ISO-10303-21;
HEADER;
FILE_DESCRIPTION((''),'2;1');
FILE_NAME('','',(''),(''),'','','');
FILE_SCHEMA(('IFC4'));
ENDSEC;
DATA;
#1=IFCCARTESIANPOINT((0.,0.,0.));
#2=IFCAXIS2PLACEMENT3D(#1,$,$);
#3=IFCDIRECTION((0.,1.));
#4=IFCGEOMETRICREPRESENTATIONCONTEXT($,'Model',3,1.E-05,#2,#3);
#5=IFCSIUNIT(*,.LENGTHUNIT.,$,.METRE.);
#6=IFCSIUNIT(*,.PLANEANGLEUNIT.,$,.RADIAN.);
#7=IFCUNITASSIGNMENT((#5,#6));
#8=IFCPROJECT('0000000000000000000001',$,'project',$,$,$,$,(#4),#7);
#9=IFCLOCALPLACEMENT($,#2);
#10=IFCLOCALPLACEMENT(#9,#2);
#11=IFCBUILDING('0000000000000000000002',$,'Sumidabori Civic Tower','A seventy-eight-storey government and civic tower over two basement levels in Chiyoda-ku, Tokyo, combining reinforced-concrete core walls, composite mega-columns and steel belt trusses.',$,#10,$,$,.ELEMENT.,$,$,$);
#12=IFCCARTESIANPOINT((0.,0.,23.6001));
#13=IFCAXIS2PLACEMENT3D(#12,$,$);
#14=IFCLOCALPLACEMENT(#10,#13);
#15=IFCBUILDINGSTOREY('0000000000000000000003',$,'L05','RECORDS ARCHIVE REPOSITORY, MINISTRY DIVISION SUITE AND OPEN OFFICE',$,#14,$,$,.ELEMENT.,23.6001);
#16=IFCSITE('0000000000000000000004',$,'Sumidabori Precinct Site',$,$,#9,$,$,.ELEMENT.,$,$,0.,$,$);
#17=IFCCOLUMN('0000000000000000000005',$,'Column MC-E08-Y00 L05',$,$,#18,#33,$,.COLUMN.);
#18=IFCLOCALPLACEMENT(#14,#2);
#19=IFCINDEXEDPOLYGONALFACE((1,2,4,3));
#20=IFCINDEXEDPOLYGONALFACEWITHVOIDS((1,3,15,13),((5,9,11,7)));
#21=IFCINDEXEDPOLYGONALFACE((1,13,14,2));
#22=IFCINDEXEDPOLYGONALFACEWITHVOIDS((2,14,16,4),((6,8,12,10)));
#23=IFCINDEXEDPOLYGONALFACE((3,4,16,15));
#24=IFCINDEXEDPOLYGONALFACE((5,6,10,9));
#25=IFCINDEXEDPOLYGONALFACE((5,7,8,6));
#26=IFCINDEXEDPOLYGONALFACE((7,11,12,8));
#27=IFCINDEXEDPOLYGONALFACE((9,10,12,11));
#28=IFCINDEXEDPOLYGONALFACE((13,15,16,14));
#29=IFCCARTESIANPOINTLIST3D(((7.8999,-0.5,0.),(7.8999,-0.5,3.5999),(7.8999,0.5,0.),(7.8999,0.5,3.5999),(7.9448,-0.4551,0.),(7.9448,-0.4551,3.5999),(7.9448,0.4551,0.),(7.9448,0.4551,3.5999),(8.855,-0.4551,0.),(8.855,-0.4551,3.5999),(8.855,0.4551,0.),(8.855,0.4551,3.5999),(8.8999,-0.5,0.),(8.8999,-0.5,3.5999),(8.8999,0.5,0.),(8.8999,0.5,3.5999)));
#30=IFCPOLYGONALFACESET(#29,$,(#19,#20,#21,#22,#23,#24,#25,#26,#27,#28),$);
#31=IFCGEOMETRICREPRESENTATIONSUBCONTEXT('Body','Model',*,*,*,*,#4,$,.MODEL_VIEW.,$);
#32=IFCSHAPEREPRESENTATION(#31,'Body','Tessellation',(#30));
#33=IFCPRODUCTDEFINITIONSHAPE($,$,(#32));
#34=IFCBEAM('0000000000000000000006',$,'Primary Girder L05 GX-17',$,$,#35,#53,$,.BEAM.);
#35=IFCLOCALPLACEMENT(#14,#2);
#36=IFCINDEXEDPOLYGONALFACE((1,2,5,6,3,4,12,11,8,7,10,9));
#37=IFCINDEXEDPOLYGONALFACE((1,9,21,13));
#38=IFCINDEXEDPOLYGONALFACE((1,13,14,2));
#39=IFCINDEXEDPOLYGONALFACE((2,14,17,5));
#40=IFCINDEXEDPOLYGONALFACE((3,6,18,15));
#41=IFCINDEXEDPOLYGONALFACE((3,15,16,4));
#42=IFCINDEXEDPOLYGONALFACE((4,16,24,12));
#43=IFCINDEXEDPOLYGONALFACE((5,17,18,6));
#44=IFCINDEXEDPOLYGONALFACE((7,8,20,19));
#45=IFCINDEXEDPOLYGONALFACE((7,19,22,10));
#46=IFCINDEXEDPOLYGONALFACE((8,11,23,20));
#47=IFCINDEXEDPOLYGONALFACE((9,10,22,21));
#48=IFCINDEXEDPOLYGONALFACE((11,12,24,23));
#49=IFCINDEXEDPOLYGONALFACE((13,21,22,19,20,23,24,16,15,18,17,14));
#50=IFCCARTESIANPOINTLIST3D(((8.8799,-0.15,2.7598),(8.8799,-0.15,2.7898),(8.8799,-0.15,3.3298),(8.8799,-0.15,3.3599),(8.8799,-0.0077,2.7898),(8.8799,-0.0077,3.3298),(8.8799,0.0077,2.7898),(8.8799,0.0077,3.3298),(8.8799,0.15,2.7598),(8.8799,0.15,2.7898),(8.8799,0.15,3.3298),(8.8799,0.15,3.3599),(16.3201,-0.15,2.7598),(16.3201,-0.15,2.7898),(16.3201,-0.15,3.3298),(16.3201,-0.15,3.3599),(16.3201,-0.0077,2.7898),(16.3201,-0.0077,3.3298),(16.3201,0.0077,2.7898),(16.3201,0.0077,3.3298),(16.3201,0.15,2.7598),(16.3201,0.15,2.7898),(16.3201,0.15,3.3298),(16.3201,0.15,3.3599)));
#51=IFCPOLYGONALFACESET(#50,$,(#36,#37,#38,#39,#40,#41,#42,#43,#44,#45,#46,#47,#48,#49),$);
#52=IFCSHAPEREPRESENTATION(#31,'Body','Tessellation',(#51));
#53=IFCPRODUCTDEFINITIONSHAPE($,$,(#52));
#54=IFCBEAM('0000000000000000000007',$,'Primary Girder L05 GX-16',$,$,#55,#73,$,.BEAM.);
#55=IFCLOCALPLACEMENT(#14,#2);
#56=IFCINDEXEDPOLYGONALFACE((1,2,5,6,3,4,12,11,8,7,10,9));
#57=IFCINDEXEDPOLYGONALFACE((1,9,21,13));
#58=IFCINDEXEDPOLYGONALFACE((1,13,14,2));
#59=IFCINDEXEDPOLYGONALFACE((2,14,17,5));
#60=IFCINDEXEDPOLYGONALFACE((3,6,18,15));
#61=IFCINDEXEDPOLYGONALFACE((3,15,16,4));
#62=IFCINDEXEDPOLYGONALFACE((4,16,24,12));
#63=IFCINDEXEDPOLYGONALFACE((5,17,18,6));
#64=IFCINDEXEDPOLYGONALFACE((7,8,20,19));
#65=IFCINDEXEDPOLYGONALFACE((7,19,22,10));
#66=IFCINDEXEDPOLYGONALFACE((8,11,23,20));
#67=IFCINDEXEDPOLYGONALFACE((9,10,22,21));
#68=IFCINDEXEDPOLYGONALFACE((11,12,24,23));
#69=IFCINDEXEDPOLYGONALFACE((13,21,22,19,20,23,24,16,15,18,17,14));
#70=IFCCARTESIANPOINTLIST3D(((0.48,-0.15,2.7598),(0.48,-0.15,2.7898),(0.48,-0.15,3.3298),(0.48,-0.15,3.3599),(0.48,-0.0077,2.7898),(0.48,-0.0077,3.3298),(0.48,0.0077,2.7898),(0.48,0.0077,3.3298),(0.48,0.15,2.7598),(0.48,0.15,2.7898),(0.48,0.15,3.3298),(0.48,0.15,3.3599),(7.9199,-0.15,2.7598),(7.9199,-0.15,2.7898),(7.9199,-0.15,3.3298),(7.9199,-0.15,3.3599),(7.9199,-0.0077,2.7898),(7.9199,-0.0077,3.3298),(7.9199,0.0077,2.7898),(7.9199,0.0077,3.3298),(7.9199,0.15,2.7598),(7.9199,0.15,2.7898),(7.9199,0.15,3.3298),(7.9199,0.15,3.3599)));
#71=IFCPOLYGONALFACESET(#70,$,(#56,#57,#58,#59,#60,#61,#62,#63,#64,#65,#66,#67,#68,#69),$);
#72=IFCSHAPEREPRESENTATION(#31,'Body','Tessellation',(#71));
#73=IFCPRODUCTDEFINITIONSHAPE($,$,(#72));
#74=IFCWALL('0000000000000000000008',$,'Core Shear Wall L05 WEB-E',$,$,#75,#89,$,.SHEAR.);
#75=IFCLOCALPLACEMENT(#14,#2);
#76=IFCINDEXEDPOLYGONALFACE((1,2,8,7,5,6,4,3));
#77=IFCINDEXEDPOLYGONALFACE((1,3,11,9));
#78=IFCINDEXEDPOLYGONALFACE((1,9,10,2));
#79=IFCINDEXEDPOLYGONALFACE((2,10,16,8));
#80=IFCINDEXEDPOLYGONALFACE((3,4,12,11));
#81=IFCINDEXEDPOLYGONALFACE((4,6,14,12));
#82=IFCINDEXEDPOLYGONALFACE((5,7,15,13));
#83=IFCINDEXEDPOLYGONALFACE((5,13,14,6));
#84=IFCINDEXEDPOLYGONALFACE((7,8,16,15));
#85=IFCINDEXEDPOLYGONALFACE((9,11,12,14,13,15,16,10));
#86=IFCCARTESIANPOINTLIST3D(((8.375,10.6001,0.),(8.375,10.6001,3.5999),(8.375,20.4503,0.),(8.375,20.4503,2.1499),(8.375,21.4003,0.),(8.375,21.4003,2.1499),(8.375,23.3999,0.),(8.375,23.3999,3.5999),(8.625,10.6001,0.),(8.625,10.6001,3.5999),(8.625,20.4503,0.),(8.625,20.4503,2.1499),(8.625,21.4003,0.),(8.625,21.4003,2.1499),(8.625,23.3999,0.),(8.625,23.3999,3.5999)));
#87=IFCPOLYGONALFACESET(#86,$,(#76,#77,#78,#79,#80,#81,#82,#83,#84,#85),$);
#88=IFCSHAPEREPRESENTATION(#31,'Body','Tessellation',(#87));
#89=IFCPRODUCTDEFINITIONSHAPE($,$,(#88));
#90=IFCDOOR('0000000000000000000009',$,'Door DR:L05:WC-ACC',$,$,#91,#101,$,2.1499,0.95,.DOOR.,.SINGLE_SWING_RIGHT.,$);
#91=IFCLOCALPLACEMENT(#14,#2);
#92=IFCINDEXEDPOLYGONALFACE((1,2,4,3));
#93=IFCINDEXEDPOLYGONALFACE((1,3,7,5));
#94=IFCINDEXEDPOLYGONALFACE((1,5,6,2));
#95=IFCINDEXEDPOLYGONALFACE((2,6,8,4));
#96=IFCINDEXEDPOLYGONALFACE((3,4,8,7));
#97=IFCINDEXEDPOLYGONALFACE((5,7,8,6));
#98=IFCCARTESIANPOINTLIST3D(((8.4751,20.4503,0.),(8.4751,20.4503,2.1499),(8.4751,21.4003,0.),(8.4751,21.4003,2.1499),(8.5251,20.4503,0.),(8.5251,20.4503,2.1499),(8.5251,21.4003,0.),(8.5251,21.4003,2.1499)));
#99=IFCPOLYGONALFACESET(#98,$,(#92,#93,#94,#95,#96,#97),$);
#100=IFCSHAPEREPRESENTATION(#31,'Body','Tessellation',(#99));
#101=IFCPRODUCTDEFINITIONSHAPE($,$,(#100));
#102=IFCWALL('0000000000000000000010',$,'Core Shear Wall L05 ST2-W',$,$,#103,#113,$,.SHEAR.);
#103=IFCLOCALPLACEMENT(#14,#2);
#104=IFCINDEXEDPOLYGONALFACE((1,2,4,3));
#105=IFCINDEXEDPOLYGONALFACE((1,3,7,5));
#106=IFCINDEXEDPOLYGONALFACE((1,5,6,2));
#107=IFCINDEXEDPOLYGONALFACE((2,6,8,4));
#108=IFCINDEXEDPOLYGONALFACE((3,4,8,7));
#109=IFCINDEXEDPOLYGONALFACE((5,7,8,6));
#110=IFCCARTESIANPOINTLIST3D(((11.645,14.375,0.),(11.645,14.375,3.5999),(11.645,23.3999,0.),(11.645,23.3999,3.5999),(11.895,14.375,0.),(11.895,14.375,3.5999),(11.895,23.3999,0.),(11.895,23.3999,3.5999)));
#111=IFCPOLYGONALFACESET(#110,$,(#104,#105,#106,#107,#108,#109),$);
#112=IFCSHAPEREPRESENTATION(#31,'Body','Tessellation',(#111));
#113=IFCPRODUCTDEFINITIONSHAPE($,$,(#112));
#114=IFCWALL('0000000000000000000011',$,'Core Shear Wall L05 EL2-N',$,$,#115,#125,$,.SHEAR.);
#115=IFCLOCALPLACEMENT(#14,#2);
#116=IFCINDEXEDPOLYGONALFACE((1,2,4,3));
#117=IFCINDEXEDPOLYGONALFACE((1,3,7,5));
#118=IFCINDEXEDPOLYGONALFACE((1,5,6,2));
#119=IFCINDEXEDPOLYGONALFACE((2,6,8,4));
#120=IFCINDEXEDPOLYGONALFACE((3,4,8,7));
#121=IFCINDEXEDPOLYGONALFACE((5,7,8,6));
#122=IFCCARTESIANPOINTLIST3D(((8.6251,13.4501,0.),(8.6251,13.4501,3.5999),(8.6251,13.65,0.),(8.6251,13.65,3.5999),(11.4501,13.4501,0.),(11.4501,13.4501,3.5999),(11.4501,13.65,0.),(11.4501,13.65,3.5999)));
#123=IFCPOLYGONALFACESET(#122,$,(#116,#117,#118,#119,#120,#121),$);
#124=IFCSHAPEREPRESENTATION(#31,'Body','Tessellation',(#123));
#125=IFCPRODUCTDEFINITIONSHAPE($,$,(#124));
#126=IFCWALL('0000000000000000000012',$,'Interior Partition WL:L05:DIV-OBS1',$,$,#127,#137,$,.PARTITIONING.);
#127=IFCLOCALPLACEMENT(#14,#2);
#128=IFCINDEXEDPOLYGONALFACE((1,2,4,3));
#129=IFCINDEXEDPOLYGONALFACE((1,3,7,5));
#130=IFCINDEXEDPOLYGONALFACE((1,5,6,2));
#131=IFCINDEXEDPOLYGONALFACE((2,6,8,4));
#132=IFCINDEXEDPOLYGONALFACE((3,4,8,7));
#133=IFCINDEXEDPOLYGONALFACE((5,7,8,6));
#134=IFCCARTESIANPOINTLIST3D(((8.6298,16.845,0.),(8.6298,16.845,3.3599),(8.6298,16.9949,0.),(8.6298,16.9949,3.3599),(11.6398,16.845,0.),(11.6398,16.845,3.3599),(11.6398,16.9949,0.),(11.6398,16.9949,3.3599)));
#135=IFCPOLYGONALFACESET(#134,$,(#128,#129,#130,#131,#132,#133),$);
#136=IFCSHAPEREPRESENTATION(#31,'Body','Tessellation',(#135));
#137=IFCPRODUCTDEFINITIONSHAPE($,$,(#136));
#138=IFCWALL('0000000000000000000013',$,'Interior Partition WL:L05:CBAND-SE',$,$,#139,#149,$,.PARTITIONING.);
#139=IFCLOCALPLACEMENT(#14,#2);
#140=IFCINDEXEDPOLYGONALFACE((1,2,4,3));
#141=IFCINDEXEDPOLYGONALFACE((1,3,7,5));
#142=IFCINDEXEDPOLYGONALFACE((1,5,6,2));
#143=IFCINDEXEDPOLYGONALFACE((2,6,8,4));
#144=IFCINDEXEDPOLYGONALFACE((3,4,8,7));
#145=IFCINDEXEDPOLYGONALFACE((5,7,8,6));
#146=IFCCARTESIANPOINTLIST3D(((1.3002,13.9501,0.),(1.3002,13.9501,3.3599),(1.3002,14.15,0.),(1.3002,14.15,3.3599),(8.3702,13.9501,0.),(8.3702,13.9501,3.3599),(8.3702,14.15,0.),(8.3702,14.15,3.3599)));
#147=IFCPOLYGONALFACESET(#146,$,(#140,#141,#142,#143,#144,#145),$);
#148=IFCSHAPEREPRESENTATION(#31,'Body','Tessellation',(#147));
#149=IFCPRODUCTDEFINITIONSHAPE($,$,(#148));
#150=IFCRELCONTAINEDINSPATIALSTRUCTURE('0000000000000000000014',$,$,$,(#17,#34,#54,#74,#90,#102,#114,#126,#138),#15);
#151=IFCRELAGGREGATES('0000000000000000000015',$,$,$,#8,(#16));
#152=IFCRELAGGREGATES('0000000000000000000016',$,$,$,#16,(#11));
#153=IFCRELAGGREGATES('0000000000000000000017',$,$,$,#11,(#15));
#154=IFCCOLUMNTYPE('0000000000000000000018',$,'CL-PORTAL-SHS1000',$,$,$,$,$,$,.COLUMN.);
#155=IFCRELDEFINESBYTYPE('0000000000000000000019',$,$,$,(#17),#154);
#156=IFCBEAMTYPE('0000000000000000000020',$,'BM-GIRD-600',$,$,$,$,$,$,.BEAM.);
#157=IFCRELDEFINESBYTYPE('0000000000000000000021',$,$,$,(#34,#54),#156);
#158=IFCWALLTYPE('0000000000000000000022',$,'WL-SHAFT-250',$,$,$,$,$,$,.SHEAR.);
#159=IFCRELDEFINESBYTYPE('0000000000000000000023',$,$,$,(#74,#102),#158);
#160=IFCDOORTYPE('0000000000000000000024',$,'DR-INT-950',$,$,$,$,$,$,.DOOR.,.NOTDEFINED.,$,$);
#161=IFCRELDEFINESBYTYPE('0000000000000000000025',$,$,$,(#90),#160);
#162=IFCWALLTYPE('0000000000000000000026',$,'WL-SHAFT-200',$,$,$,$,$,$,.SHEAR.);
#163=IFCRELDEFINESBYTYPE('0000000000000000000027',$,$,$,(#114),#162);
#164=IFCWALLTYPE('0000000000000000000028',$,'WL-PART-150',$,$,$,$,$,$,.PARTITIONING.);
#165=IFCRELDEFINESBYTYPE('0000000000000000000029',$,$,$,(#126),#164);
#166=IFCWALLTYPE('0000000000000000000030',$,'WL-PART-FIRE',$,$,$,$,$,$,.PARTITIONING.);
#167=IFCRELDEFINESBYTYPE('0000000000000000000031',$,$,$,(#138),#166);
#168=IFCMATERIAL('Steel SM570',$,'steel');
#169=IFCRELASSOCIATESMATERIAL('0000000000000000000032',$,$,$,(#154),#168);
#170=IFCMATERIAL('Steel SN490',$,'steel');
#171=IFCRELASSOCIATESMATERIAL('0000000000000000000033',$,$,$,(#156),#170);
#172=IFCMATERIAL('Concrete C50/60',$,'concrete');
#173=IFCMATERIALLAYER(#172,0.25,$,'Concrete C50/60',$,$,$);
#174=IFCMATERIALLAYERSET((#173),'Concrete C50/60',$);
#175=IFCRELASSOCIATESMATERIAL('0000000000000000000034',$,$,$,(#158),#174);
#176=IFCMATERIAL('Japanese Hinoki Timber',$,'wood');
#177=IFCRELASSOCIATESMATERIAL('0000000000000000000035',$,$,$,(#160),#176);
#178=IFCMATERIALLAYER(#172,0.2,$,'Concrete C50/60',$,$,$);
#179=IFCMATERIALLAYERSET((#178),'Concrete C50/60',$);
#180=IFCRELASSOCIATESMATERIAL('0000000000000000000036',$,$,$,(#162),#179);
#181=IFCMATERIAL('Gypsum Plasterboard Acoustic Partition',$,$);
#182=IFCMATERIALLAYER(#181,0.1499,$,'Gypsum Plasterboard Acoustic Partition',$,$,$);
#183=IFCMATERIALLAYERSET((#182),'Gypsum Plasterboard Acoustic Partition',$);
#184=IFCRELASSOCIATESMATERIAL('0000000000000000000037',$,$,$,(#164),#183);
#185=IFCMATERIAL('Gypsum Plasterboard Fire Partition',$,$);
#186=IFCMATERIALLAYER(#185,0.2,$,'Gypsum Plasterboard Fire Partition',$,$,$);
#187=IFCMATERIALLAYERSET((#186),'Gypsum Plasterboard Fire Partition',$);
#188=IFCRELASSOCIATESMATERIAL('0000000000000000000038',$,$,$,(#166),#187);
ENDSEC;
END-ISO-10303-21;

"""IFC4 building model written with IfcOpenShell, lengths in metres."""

from ifc_helpers import new_model, si_unit, direction, frame, frame_2d, origin, origin_2d, place, context, subcontext, project, spatial, rectangle, hollow_rectangle, i_section, extrude, source, transform, mapped, material, layer, layer_set, material_profile, profile_set, type_object, element, fill, save


model = new_model("IFC4")

# Units and contexts
model_context = context("Model", 3, precision=1e-05, world=origin(), true_north=direction((0.0, 1.0)))
body_context = subcontext(model_context, "Body", "Model", "MODEL_VIEW")
ifc_project = project(units=[si_unit("LENGTHUNIT", "METRE"), si_unit("PLANEANGLEUNIT", "RADIAN")], contexts=[model_context])

# Site, building, storey
site_placement = place(None, origin())
site = spatial("IfcSite", under=ifc_project, at=site_placement, Name="Sumidabori Precinct Site", CompositionType="ELEMENT", RefElevation=0.0)
building_placement = place(site_placement, origin())
building = spatial("IfcBuilding", under=site, at=building_placement, Name="Sumidabori Civic Tower", Description="A seventy-eight-storey government and civic tower over two basement levels in Chiyoda-ku, Tokyo, combining reinforced-concrete core walls, composite mega-columns and steel belt trusses.", CompositionType="ELEMENT")
storey_placement = place(building_placement, frame((0.0, 0.0, 23.6001)))
storey = spatial("IfcBuildingStorey", under=building, at=storey_placement, Name="L05", Description="RECORDS ARCHIVE REPOSITORY, MINISTRY DIVISION SUITE AND OPEN OFFICE", CompositionType="ELEMENT", Elevation=23.6001)

# Column
ifc_material_1 = material(Name="Steel SM570", Category="steel")
ifc_material_profile_1 = material_profile(ifc_material_1, hollow_rectangle(XDim=1.0, YDim=1.0, WallThickness=0.0449, at=origin_2d()), Name="SHS 1000x1000x45")
ifc_profile_set_1 = profile_set([ifc_material_profile_1], Name="Steel SM570")
column_type = type_object("IfcColumnType", Name="CL-PORTAL-SHS1000", PredefinedType="COLUMN", material=ifc_profile_set_1)
shared_shape_1 = source(origin(), body_context, "Body", "SweptSolid", [
    extrude(hollow_rectangle(XDim=1.0, YDim=1.0, WallThickness=0.0449, at=origin_2d()), origin(), (0.0, 0.0, 1.0), 3.5999),
])
column_placement = place(storey_placement, frame((8.3999, 0.0, 0.0), z_axis=(0.0, 0.0, 1.0), x_axis=(1.0, 0.0, 0.0)))
element("IfcColumn", 1, at=column_placement, inside=storey, type_object=column_type, Name="Column MC-E08-Y00 L05", PredefinedType="COLUMN", context=body_context, shape_type="MappedRepresentation", body=[
    mapped(shared_shape_1, transform((0.0, 0.0, 0.0), x_axis=(1.0, 0.0, 0.0), y_axis=(0.0, 1.0, 0.0), z_axis=(0.0, 0.0, 1.0), scale=1.0)),
])

# Beams
ifc_material_2 = material(Name="Steel SN490", Category="steel")
ifc_material_profile_2 = material_profile(ifc_material_2, i_section(OverallWidth=0.3, OverallDepth=0.6001, WebThickness=0.0154, FlangeThickness=0.03, at=origin_2d()), Name="HE 600 B")
ifc_profile_set_2 = profile_set([ifc_material_profile_2], Name="Steel SN490")
beam_type = type_object("IfcBeamType", Name="BM-GIRD-600", PredefinedType="BEAM", material=ifc_profile_set_2)
shared_shape_2 = source(origin(), body_context, "Body", "SweptSolid", [
    extrude(i_section(OverallWidth=0.3, OverallDepth=0.6001, WebThickness=0.0154, FlangeThickness=0.03, at=origin_2d()), origin(), (0.0, 0.0, 1.0), 7.4402),
])
beam_1_placement = place(storey_placement, frame((8.8799, 0.0, 3.0598), z_axis=(1.0, 0.0, 0.0), x_axis=(0.0, 1.0, 0.0)))
element("IfcBeam", 2, at=beam_1_placement, inside=storey, type_object=beam_type, Name="Primary Girder L05 GX-17", PredefinedType="BEAM", context=body_context, shape_type="MappedRepresentation", body=[
    mapped(shared_shape_2, transform((0.0, 0.0, 0.0), x_axis=(1.0, 0.0, 0.0), y_axis=(0.0, 1.0, 0.0), z_axis=(0.0, 0.0, 1.0), scale=1.0)),
])
shared_shape_3 = source(origin(), body_context, "Body", "SweptSolid", [
    extrude(i_section(OverallWidth=0.3, OverallDepth=0.6001, WebThickness=0.0154, FlangeThickness=0.03, at=origin_2d()), origin(), (0.0, 0.0, 1.0), 7.4399),
])
beam_2_placement = place(storey_placement, frame((0.48, 0.0, 3.0598), z_axis=(1.0, 0.0, 0.0), x_axis=(0.0, 1.0, 0.0)))
element("IfcBeam", 3, at=beam_2_placement, inside=storey, type_object=beam_type, Name="Primary Girder L05 GX-16", PredefinedType="BEAM", context=body_context, shape_type="MappedRepresentation", body=[
    mapped(shared_shape_3, transform((0.0, 0.0, 0.0), x_axis=(1.0, 0.0, 0.0), y_axis=(0.0, 1.0, 0.0), z_axis=(0.0, 0.0, 1.0), scale=1.0)),
])

# Wall, opening, door
ifc_material_3 = material(Name="Concrete C50/60", Category="concrete")
ifc_layer_1 = layer(ifc_material_3, 0.25, Name="Concrete C50/60")
ifc_layer_set_1 = layer_set([ifc_layer_1], Name="Concrete C50/60")
wall_type_1 = type_object("IfcWallType", Name="WL-SHAFT-250", PredefinedType="SHEAR", material=ifc_layer_set_1)
shared_shape_4 = source(origin(), body_context, "Body", "SweptSolid", [
    extrude(rectangle(XDim=12.7998, YDim=0.25, at=frame_2d((6.3999, 0.0))), origin(), (0.0, 0.0, 1.0), 3.5999),
])
wall_1_placement = place(storey_placement, frame((8.5, 10.6001, 0.0), z_axis=(0.0, 0.0, 1.0), x_axis=(0.0, 1.0, 0.0)))
wall_1 = element("IfcWall", 4, at=wall_1_placement, inside=storey, type_object=wall_type_1, Name="Core Shear Wall L05 WEB-E", PredefinedType="SHEAR", context=body_context, shape_type="MappedRepresentation", body=[
    mapped(shared_shape_4, transform((0.0, 0.0, 0.0), x_axis=(1.0, 0.0, 0.0), y_axis=(0.0, 1.0, 0.0), z_axis=(0.0, 0.0, 1.0), scale=1.0)),
])
opening_1_placement = place(wall_1_placement, frame((9.8501, 0.0, 0.0)))
opening_1 = element("IfcOpeningElement", 5, at=opening_1_placement, cuts=wall_1, PredefinedType="OPENING", context=body_context, shape_type="SweptSolid", body=[
    extrude(rectangle(XDim=0.95, YDim=2.1499, at=frame_2d((0.4751, 1.075))), frame((0.0, 0.137, 0.0), z_axis=(0.0, -1.0, 0.0), x_axis=(1.0, 0.0, 0.0)), (0.0, 0.0, 1.0), 0.2739),
])
ifc_material_4 = material(Name="Japanese Hinoki Timber", Category="wood")
door_type_1 = type_object("IfcDoorType", Name="DR-INT-950", OperationType="NOTDEFINED", PredefinedType="DOOR", material=ifc_material_4)
shared_shape_5 = source(origin(), body_context, "Body", "SweptSolid", [
    extrude(rectangle(XDim=0.95, YDim=2.1499, at=frame_2d((0.4751, 1.075))), frame((0.0, 0.0249, 0.0), z_axis=(0.0, -1.0, 0.0), x_axis=(1.0, 0.0, 0.0)), (0.0, 0.0, 1.0), 0.05),
])
door_1_placement = place(opening_1_placement, origin())
door_1 = element("IfcDoor", 6, at=door_1_placement, inside=storey, type_object=door_type_1, Name="Door DR:L05:WC-ACC", OperationType="SINGLE_SWING_RIGHT", OverallHeight=2.1499, OverallWidth=0.95, PredefinedType="DOOR", context=body_context, shape_type="MappedRepresentation", body=[
    mapped(shared_shape_5, transform((0.0, 0.0, 0.0), x_axis=(1.0, 0.0, 0.0), y_axis=(0.0, 1.0, 0.0), z_axis=(0.0, 0.0, 1.0), scale=1.0)),
])
fill(opening_1, door_1)

# Wall
shared_shape_6 = source(origin(), body_context, "Body", "SweptSolid", [
    extrude(rectangle(XDim=9.0249, YDim=0.25, at=frame_2d((4.5125, 0.0))), origin(), (0.0, 0.0, 1.0), 3.5999),
])
wall_2_placement = place(storey_placement, frame((11.77, 14.375, 0.0), z_axis=(0.0, 0.0, 1.0), x_axis=(0.0, 1.0, 0.0)))
element("IfcWall", 7, at=wall_2_placement, inside=storey, type_object=wall_type_1, Name="Core Shear Wall L05 ST2-W", PredefinedType="SHEAR", context=body_context, shape_type="MappedRepresentation", body=[
    mapped(shared_shape_6, transform((0.0, 0.0, 0.0), x_axis=(1.0, 0.0, 0.0), y_axis=(0.0, 1.0, 0.0), z_axis=(0.0, 0.0, 1.0), scale=1.0)),
])

# Shared definitions
ifc_layer_2 = layer(ifc_material_3, 0.2, Name="Concrete C50/60")
ifc_layer_set_2 = layer_set([ifc_layer_2], Name="Concrete C50/60")
wall_type_2 = type_object("IfcWallType", Name="WL-SHAFT-200", PredefinedType="SHEAR", material=ifc_layer_set_2)

# Walls
shared_shape_7 = source(origin(), body_context, "Body", "SweptSolid", [
    extrude(rectangle(XDim=2.825, YDim=0.2, at=frame_2d((1.4126, 0.0))), origin(), (0.0, 0.0, 1.0), 3.5999),
])
wall_3_placement = place(storey_placement, frame((8.625, 13.55, 0.0), z_axis=(0.0, 0.0, 1.0), x_axis=(1.0, 0.0, 0.0)))
element("IfcWall", 8, at=wall_3_placement, inside=storey, type_object=wall_type_2, Name="Core Shear Wall L05 EL2-N", PredefinedType="SHEAR", context=body_context, shape_type="MappedRepresentation", body=[
    mapped(shared_shape_7, transform((0.0, 0.0, 0.0), x_axis=(1.0, 0.0, 0.0), y_axis=(0.0, 1.0, 0.0), z_axis=(0.0, 0.0, 1.0), scale=1.0)),
])
ifc_material_5 = material(Name="Gypsum Plasterboard Acoustic Partition")
ifc_layer_3 = layer(ifc_material_5, 0.1499, Name="Gypsum Plasterboard Acoustic Partition")
ifc_layer_set_3 = layer_set([ifc_layer_3], Name="Gypsum Plasterboard Acoustic Partition")
wall_type_3 = type_object("IfcWallType", Name="WL-PART-150", PredefinedType="PARTITIONING", material=ifc_layer_set_3)
shared_shape_8 = source(origin(), body_context, "Body", "SweptSolid", [
    extrude(rectangle(XDim=3.01, YDim=0.1499, at=frame_2d((1.5049, 0.0))), origin(), (0.0, 0.0, 1.0), 3.3599),
])
wall_4_placement = place(storey_placement, frame((8.6299, 16.9199, 0.0), z_axis=(0.0, 0.0, 1.0), x_axis=(1.0, 0.0, 0.0)))
element("IfcWall", 9, at=wall_4_placement, inside=storey, type_object=wall_type_3, Name="Interior Partition WL:L05:DIV-OBS1", PredefinedType="PARTITIONING", context=body_context, shape_type="MappedRepresentation", body=[
    mapped(shared_shape_8, transform((0.0, 0.0, 0.0), x_axis=(1.0, 0.0, 0.0), y_axis=(0.0, 1.0, 0.0), z_axis=(0.0, 0.0, 1.0), scale=1.0)),
])
ifc_material_6 = material(Name="Gypsum Plasterboard Fire Partition")
ifc_layer_4 = layer(ifc_material_6, 0.2, Name="Gypsum Plasterboard Fire Partition")
ifc_layer_set_4 = layer_set([ifc_layer_4], Name="Gypsum Plasterboard Fire Partition")
wall_type_4 = type_object("IfcWallType", Name="WL-PART-FIRE", PredefinedType="PARTITIONING", material=ifc_layer_set_4)
shared_shape_9 = source(origin(), body_context, "Body", "SweptSolid", [
    extrude(rectangle(XDim=7.0701, YDim=0.2, at=frame_2d((3.5352, 0.0))), origin(), (0.0, 0.0, 1.0), 3.3599),
])
wall_5_placement = place(storey_placement, frame((1.3, 14.05, 0.0), z_axis=(0.0, 0.0, 1.0), x_axis=(1.0, 0.0, 0.0)))
element("IfcWall", 10, at=wall_5_placement, inside=storey, type_object=wall_type_4, Name="Interior Partition WL:L05:CBAND-SE", PredefinedType="PARTITIONING", context=body_context, shape_type="MappedRepresentation", body=[
    mapped(shared_shape_9, transform((0.0, 0.0, 0.0), x_axis=(1.0, 0.0, 0.0), y_axis=(0.0, 1.0, 0.0), z_axis=(0.0, 0.0, 1.0), scale=1.0)),
])

save(model, "model.ifc")
